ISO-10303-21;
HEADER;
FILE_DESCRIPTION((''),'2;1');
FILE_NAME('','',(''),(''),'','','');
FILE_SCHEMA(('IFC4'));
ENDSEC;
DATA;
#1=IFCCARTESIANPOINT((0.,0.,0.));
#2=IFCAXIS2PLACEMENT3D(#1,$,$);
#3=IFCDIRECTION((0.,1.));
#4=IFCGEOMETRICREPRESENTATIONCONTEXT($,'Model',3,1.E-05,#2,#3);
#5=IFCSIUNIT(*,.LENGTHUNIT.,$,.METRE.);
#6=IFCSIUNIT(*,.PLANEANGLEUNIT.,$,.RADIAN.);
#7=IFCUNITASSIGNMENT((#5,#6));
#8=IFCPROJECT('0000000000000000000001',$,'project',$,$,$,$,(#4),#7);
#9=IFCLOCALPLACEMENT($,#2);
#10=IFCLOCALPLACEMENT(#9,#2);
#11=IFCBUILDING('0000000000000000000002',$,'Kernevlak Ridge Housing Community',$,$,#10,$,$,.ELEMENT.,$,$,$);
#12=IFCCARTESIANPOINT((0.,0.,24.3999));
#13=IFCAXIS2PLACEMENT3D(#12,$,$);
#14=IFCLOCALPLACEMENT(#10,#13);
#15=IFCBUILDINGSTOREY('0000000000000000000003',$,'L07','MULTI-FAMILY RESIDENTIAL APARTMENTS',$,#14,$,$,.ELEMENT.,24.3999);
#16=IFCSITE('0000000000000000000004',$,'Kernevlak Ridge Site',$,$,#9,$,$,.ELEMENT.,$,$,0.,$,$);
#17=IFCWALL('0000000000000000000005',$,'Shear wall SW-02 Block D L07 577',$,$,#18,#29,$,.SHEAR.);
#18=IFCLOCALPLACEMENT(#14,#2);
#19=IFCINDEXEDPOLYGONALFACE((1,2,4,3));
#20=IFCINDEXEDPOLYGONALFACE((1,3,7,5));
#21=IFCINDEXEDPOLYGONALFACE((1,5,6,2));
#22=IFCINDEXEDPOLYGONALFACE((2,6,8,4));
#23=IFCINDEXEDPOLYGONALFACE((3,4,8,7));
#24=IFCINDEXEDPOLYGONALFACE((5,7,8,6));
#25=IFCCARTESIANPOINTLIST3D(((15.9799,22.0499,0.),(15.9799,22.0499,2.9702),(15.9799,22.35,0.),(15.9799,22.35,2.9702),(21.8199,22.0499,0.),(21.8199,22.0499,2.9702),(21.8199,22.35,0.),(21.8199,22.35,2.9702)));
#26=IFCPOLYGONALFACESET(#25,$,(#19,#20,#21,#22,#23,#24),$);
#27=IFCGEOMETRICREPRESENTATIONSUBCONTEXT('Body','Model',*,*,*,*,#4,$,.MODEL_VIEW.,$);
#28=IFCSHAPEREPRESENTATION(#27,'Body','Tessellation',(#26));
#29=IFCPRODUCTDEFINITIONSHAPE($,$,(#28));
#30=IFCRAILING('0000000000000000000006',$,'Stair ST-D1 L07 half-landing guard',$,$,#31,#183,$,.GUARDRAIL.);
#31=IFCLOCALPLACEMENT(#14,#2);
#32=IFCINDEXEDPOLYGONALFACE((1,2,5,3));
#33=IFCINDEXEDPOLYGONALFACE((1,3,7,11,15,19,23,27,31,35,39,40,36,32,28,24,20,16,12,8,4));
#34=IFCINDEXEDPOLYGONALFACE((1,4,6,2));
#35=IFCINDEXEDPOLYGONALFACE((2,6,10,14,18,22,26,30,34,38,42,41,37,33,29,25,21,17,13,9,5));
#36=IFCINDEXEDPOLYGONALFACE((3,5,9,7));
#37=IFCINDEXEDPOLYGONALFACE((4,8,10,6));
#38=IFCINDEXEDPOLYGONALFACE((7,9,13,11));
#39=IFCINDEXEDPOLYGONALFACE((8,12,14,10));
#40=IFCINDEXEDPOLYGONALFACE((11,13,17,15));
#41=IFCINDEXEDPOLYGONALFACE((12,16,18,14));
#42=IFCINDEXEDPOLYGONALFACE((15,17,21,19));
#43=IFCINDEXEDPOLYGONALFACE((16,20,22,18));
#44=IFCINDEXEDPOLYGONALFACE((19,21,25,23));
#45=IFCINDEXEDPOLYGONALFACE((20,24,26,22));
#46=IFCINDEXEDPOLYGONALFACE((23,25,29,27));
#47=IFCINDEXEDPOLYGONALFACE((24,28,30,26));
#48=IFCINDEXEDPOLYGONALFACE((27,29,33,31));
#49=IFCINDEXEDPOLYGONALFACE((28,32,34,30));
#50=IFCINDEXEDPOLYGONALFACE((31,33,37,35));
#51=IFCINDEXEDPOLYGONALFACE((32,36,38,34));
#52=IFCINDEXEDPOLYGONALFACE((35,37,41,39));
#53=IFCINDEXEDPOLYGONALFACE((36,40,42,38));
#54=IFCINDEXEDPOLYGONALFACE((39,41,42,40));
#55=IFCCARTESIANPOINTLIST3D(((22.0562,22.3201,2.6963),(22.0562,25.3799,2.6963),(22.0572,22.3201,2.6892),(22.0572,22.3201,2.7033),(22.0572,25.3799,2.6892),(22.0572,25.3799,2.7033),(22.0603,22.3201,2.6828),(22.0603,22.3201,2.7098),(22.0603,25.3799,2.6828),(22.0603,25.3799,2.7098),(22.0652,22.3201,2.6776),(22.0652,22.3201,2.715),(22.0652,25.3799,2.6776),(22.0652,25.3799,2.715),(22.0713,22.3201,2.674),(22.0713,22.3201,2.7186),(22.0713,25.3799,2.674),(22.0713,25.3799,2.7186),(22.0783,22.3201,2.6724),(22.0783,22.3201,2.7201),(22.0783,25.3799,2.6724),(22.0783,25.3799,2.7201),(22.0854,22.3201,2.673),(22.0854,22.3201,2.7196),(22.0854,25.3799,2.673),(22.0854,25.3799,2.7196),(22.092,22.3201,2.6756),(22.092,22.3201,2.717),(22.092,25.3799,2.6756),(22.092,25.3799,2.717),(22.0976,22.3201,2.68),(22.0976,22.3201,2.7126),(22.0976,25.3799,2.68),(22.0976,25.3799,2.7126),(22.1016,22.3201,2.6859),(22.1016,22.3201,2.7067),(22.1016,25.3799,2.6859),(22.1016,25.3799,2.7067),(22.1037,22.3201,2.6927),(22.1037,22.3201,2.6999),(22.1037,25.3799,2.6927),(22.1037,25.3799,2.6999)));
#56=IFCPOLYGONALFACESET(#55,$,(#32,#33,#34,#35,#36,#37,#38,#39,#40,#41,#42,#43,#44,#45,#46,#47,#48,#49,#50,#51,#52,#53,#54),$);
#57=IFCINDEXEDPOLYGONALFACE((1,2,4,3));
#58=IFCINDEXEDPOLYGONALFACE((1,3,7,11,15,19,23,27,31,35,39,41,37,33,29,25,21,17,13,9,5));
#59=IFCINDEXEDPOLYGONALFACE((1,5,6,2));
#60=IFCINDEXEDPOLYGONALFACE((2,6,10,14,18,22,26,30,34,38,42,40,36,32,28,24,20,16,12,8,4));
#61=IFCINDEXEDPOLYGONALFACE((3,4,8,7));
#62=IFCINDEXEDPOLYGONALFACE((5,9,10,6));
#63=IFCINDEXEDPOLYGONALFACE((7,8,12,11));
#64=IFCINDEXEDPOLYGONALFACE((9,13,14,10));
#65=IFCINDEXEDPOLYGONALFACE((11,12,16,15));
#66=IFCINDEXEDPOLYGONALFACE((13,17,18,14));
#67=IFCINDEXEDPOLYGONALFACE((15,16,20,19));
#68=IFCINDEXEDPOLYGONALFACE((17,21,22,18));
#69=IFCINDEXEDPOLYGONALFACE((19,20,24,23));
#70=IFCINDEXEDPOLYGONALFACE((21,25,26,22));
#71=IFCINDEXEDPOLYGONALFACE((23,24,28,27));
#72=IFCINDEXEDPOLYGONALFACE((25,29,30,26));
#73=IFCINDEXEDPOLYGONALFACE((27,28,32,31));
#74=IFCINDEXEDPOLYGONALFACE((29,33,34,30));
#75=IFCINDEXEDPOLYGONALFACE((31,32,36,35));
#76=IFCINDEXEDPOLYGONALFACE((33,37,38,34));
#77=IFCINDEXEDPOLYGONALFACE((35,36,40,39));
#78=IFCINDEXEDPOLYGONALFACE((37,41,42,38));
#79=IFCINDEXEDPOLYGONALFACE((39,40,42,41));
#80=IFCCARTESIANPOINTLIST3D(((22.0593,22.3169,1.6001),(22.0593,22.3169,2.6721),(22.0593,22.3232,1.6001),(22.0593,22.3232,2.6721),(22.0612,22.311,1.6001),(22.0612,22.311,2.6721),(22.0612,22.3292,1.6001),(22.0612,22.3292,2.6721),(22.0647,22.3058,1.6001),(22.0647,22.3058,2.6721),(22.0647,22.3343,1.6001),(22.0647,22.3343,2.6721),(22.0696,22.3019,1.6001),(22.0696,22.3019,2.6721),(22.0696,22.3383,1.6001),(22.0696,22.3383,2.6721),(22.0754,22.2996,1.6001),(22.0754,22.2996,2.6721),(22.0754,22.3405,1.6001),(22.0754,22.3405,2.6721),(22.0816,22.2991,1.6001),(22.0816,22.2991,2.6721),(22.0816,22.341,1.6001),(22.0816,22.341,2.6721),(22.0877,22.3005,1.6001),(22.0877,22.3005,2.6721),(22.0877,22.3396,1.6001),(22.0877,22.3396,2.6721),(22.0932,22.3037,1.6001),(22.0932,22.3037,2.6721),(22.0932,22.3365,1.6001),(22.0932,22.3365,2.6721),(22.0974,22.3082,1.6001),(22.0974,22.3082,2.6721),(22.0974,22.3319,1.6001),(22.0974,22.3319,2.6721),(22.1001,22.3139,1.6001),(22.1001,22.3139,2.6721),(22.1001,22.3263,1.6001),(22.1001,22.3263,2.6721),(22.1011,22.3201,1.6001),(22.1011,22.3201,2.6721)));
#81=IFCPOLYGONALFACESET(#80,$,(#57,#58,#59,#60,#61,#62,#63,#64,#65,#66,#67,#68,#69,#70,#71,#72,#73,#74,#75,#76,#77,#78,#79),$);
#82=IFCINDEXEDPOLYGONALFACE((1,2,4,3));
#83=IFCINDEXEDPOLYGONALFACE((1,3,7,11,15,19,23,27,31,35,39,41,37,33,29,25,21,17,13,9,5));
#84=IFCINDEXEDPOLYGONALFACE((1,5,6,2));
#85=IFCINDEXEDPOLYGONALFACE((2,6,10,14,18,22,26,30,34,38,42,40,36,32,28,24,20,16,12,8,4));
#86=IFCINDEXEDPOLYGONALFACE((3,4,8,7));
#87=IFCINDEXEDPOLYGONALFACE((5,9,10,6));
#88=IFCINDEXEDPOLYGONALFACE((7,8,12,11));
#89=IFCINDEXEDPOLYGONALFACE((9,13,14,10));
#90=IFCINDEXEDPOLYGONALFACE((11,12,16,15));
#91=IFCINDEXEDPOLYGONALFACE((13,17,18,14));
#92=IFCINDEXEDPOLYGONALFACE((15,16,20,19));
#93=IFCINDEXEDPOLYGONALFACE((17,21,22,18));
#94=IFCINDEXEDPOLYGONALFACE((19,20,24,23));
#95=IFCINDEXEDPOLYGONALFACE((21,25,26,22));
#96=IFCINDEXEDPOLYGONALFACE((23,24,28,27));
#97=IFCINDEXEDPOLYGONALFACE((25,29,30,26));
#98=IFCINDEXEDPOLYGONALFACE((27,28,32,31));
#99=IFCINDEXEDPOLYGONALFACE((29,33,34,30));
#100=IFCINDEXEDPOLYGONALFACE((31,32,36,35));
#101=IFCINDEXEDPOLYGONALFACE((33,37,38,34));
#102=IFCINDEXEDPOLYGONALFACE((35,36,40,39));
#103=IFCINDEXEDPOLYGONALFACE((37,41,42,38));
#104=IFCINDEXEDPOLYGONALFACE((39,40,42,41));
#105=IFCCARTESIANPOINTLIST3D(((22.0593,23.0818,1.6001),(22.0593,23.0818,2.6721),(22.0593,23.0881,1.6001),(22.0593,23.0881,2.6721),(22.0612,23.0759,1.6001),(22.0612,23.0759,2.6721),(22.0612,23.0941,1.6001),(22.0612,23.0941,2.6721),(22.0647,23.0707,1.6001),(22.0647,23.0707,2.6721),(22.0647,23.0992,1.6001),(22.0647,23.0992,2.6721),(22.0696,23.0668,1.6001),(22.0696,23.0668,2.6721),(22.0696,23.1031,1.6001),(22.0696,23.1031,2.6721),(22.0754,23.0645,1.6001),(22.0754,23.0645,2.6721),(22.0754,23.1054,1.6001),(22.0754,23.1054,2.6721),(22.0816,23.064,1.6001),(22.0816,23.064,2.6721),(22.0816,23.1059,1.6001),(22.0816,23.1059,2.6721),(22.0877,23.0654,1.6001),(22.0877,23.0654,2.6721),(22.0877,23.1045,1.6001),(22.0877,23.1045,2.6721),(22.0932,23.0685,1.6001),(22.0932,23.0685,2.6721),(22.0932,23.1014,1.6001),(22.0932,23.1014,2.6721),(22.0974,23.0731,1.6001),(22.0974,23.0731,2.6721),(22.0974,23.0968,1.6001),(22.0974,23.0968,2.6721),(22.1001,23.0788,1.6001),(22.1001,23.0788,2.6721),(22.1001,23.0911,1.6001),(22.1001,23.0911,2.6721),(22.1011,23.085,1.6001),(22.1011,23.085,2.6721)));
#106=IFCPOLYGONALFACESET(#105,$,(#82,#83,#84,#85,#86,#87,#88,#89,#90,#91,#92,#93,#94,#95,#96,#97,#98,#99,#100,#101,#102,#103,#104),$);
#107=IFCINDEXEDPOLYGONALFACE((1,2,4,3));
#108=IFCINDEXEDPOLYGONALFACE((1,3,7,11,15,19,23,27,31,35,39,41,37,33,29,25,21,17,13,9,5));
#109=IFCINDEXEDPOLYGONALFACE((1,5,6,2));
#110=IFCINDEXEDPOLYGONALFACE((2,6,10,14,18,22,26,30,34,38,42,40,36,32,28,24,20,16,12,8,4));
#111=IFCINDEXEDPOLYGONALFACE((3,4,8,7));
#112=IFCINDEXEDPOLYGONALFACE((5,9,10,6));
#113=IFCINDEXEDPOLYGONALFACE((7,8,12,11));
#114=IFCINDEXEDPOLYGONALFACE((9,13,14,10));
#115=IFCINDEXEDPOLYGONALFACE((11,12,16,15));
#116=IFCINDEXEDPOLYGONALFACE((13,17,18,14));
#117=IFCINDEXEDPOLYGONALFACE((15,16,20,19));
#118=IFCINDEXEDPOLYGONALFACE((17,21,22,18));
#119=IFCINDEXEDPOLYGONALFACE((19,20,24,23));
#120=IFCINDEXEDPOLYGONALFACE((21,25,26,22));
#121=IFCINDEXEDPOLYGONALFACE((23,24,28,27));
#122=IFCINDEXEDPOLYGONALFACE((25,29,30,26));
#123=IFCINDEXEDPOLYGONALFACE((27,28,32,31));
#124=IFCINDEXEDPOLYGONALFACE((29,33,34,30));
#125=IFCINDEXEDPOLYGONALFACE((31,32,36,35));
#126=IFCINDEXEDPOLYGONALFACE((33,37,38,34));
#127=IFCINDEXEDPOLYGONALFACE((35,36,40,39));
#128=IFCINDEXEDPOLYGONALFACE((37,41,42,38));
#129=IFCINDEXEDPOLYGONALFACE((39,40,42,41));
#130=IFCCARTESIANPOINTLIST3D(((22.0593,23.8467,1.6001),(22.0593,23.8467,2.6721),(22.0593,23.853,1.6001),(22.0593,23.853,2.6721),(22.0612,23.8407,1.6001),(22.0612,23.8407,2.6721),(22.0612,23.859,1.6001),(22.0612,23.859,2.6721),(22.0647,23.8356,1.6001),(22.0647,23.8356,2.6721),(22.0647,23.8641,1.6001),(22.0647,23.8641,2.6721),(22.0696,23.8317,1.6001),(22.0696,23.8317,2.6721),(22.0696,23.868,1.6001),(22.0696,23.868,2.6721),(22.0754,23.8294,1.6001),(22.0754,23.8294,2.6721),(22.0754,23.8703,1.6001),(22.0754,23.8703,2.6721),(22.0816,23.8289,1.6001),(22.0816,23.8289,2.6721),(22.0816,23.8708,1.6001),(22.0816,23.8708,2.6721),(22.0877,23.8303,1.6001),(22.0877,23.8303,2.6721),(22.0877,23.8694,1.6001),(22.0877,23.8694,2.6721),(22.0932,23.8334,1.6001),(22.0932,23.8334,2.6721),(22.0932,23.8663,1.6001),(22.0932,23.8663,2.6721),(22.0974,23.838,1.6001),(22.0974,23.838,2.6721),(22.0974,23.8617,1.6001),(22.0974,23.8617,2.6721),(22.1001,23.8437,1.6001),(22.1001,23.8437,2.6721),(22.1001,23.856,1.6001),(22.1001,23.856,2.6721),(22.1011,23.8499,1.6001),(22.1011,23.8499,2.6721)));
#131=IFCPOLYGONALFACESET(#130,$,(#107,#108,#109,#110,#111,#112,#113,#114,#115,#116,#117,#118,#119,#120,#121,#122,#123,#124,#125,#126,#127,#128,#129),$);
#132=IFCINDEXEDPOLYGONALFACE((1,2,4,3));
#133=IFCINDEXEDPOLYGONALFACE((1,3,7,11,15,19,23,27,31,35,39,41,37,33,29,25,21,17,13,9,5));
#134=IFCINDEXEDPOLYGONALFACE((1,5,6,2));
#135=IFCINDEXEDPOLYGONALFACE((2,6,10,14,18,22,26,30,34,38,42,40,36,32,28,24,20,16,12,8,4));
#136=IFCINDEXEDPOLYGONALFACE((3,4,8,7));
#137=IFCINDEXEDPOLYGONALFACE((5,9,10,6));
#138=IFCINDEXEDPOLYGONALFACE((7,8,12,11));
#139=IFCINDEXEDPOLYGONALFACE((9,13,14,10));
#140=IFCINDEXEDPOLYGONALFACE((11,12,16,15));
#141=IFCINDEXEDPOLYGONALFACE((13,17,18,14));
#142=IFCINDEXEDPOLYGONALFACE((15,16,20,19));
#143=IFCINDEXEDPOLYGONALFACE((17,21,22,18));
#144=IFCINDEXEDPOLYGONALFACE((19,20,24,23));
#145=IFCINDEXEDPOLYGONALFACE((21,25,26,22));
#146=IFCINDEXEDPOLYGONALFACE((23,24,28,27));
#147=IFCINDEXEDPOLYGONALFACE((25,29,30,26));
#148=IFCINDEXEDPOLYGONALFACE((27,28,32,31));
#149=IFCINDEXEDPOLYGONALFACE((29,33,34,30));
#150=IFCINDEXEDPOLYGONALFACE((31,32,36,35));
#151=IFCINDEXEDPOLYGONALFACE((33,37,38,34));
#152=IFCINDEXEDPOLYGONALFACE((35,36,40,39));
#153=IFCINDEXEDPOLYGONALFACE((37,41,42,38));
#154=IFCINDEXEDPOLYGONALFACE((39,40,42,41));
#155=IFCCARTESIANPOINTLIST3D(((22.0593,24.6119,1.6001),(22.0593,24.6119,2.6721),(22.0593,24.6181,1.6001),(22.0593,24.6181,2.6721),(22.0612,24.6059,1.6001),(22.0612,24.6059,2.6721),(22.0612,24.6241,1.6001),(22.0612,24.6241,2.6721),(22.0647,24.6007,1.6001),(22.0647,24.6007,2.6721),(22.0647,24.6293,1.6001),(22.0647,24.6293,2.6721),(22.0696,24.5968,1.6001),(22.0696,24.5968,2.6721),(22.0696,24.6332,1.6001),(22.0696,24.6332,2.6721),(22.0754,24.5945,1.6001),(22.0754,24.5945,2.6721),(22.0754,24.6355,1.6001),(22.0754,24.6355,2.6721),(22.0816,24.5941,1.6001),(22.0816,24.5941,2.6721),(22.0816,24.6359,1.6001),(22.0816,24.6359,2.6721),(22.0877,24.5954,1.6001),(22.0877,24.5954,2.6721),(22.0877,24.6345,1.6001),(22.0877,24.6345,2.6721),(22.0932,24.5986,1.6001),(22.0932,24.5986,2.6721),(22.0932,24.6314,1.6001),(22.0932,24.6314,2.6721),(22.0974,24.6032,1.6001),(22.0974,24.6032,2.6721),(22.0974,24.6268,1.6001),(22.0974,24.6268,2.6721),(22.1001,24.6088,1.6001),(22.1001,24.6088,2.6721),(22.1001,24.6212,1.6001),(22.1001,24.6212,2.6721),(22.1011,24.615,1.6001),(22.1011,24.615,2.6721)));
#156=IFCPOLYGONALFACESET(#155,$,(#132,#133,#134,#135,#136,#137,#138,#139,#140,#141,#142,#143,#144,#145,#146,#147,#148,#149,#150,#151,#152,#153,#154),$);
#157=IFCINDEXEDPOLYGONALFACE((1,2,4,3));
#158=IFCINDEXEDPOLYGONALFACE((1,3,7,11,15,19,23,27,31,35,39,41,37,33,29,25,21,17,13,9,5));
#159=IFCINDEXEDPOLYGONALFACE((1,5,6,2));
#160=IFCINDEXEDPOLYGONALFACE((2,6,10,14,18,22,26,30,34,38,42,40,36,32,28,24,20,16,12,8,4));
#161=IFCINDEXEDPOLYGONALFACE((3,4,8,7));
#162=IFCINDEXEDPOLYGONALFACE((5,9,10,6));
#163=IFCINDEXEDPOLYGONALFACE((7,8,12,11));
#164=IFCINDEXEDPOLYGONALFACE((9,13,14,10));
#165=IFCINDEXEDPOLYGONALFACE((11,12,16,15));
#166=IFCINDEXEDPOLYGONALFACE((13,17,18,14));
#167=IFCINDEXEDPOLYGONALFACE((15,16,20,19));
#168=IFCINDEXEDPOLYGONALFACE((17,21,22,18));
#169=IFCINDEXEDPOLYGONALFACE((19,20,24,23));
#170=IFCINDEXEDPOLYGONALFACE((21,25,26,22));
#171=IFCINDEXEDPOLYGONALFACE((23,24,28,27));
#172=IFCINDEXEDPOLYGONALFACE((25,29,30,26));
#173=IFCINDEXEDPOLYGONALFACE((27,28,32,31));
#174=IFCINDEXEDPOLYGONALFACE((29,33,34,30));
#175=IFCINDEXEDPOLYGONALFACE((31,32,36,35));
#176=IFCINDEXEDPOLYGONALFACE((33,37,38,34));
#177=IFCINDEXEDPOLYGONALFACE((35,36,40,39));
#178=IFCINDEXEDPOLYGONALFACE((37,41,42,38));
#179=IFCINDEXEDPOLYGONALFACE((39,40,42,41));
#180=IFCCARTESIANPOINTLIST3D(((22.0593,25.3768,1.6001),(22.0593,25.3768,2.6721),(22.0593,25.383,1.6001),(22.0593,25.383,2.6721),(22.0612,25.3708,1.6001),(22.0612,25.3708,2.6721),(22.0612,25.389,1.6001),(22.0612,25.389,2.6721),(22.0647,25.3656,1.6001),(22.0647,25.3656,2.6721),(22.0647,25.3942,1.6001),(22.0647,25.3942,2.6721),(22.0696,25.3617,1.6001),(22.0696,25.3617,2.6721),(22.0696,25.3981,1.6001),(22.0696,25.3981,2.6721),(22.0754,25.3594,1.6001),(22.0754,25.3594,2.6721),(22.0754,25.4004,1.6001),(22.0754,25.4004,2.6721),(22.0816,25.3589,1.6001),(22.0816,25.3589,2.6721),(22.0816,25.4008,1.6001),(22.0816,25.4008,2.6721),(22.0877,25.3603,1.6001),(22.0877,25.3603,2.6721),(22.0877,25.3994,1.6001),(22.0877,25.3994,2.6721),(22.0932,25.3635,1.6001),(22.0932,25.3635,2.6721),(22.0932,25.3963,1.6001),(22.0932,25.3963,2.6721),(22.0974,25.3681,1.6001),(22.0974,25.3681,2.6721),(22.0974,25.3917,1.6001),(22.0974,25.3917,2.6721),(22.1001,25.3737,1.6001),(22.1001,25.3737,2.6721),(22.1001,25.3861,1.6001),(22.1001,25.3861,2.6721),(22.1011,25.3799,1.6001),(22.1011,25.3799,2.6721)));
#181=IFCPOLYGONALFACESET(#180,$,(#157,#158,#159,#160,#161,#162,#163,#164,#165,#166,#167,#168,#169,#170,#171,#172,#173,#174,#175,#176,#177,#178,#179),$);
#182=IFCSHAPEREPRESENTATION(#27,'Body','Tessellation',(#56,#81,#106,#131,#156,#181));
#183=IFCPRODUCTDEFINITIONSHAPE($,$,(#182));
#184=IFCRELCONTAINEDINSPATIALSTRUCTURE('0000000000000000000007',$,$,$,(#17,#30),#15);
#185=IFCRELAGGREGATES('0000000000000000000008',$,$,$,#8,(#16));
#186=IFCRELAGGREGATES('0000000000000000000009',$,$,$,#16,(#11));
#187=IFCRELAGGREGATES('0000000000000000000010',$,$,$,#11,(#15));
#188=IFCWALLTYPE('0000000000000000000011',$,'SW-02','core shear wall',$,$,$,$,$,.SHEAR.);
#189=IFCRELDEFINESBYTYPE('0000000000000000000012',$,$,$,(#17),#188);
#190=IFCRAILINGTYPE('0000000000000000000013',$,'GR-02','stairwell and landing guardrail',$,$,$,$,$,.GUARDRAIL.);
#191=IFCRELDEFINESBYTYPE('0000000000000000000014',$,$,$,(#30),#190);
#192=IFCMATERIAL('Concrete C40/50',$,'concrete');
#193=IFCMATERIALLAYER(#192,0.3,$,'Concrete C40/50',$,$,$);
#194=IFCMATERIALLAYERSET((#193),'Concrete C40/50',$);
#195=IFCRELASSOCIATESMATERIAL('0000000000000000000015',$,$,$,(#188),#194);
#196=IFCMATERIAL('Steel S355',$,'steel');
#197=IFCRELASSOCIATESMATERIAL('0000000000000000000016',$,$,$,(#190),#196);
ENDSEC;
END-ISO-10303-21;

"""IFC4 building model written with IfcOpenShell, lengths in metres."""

from ifc_helpers import new_model, si_unit, direction, frame, frame_2d, origin, origin_2d, place, context, subcontext, project, spatial, rectangle, circle, extrude, material, layer, layer_set, type_object, element, save


model = new_model("IFC4")

# Units and contexts
model_context = context("Model", 3, precision=1e-05, world=origin(), true_north=direction((0.0, 1.0)))
body_context = subcontext(model_context, "Body", "Model", "MODEL_VIEW")
ifc_project = project(units=[si_unit("LENGTHUNIT", "METRE"), si_unit("PLANEANGLEUNIT", "RADIAN")], contexts=[model_context])

# Site, building, storey
site_placement = place(None, origin())
site = spatial("IfcSite", under=ifc_project, at=site_placement, Name="Kernevlak Ridge Site", CompositionType="ELEMENT", RefElevation=0.0)
building_placement = place(site_placement, origin())
building = spatial("IfcBuilding", under=site, at=building_placement, Name="Kernevlak Ridge Housing Community", CompositionType="ELEMENT")
storey_placement = place(building_placement, frame((0.0, 0.0, 24.3999)))
storey = spatial("IfcBuildingStorey", under=building, at=storey_placement, Name="L07", Description="MULTI-FAMILY RESIDENTIAL APARTMENTS", CompositionType="ELEMENT", Elevation=24.3999)

# Wall
ifc_material_1 = material(Name="Concrete C40/50", Category="concrete")
ifc_layer_1 = layer(ifc_material_1, 0.3, Name="Concrete C40/50")
ifc_layer_set_1 = layer_set([ifc_layer_1], Name="Concrete C40/50")
wall_type_1 = type_object("IfcWallType", Name="SW-02", Description="core shear wall", PredefinedType="SHEAR", material=ifc_layer_set_1)
wall_1_placement = place(storey_placement, frame((15.98, 22.2, 0.0), z_axis=(0.0, 0.0, 1.0), x_axis=(1.0, 0.0, 0.0)))
element("IfcWall", 1, at=wall_1_placement, inside=storey, type_object=wall_type_1, Name="Shear wall SW-02 Block D L07 577", PredefinedType="SHEAR", context=body_context, shape_type="SweptSolid", body=[
    extrude(rectangle(XDim=5.8401, YDim=0.3, at=frame_2d((2.9199, 0.0))), origin(), (0.0, 0.0, 1.0), 2.9702),
])

# Railing
ifc_material_2 = material(Name="Steel S355", Category="steel")
railing_type_1 = type_object("IfcRailingType", Name="GR-02", Description="stairwell and landing guardrail", PredefinedType="GUARDRAIL", material=ifc_material_2)
railing_1_placement = place(storey_placement, frame((22.0801, 22.3201, 1.6001)))
element("IfcRailing", 2, at=railing_1_placement, inside=storey, type_object=railing_type_1, Name="Stair ST-D1 L07 half-landing guard", PredefinedType="GUARDRAIL", context=body_context, shape_type="SweptSolid", body=[
    extrude(circle(Radius=0.0239, at=origin_2d()), frame((0.0, 0.0, 1.0962), z_axis=(0.0, 1.0, 0.0), x_axis=(-1.0, 0.0, 0.0)), (0.0, 0.0, 1.0), 3.0598),
    extrude(circle(Radius=0.021, at=origin_2d()), origin(), (0.0, 0.0, 1.0), 1.072),
    extrude(circle(Radius=0.021, at=origin_2d()), frame((0.0, 0.7649, 0.0)), (0.0, 0.0, 1.0), 1.072),
    extrude(circle(Radius=0.021, at=origin_2d()), frame((0.0, 1.5298, 0.0)), (0.0, 0.0, 1.0), 1.072),
    extrude(circle(Radius=0.021, at=origin_2d()), frame((0.0, 2.2949, 0.0)), (0.0, 0.0, 1.0), 1.072),
    extrude(circle(Radius=0.021, at=origin_2d()), frame((0.0, 3.0598, 0.0)), (0.0, 0.0, 1.0), 1.072),
])

save(model, "model.ifc")
